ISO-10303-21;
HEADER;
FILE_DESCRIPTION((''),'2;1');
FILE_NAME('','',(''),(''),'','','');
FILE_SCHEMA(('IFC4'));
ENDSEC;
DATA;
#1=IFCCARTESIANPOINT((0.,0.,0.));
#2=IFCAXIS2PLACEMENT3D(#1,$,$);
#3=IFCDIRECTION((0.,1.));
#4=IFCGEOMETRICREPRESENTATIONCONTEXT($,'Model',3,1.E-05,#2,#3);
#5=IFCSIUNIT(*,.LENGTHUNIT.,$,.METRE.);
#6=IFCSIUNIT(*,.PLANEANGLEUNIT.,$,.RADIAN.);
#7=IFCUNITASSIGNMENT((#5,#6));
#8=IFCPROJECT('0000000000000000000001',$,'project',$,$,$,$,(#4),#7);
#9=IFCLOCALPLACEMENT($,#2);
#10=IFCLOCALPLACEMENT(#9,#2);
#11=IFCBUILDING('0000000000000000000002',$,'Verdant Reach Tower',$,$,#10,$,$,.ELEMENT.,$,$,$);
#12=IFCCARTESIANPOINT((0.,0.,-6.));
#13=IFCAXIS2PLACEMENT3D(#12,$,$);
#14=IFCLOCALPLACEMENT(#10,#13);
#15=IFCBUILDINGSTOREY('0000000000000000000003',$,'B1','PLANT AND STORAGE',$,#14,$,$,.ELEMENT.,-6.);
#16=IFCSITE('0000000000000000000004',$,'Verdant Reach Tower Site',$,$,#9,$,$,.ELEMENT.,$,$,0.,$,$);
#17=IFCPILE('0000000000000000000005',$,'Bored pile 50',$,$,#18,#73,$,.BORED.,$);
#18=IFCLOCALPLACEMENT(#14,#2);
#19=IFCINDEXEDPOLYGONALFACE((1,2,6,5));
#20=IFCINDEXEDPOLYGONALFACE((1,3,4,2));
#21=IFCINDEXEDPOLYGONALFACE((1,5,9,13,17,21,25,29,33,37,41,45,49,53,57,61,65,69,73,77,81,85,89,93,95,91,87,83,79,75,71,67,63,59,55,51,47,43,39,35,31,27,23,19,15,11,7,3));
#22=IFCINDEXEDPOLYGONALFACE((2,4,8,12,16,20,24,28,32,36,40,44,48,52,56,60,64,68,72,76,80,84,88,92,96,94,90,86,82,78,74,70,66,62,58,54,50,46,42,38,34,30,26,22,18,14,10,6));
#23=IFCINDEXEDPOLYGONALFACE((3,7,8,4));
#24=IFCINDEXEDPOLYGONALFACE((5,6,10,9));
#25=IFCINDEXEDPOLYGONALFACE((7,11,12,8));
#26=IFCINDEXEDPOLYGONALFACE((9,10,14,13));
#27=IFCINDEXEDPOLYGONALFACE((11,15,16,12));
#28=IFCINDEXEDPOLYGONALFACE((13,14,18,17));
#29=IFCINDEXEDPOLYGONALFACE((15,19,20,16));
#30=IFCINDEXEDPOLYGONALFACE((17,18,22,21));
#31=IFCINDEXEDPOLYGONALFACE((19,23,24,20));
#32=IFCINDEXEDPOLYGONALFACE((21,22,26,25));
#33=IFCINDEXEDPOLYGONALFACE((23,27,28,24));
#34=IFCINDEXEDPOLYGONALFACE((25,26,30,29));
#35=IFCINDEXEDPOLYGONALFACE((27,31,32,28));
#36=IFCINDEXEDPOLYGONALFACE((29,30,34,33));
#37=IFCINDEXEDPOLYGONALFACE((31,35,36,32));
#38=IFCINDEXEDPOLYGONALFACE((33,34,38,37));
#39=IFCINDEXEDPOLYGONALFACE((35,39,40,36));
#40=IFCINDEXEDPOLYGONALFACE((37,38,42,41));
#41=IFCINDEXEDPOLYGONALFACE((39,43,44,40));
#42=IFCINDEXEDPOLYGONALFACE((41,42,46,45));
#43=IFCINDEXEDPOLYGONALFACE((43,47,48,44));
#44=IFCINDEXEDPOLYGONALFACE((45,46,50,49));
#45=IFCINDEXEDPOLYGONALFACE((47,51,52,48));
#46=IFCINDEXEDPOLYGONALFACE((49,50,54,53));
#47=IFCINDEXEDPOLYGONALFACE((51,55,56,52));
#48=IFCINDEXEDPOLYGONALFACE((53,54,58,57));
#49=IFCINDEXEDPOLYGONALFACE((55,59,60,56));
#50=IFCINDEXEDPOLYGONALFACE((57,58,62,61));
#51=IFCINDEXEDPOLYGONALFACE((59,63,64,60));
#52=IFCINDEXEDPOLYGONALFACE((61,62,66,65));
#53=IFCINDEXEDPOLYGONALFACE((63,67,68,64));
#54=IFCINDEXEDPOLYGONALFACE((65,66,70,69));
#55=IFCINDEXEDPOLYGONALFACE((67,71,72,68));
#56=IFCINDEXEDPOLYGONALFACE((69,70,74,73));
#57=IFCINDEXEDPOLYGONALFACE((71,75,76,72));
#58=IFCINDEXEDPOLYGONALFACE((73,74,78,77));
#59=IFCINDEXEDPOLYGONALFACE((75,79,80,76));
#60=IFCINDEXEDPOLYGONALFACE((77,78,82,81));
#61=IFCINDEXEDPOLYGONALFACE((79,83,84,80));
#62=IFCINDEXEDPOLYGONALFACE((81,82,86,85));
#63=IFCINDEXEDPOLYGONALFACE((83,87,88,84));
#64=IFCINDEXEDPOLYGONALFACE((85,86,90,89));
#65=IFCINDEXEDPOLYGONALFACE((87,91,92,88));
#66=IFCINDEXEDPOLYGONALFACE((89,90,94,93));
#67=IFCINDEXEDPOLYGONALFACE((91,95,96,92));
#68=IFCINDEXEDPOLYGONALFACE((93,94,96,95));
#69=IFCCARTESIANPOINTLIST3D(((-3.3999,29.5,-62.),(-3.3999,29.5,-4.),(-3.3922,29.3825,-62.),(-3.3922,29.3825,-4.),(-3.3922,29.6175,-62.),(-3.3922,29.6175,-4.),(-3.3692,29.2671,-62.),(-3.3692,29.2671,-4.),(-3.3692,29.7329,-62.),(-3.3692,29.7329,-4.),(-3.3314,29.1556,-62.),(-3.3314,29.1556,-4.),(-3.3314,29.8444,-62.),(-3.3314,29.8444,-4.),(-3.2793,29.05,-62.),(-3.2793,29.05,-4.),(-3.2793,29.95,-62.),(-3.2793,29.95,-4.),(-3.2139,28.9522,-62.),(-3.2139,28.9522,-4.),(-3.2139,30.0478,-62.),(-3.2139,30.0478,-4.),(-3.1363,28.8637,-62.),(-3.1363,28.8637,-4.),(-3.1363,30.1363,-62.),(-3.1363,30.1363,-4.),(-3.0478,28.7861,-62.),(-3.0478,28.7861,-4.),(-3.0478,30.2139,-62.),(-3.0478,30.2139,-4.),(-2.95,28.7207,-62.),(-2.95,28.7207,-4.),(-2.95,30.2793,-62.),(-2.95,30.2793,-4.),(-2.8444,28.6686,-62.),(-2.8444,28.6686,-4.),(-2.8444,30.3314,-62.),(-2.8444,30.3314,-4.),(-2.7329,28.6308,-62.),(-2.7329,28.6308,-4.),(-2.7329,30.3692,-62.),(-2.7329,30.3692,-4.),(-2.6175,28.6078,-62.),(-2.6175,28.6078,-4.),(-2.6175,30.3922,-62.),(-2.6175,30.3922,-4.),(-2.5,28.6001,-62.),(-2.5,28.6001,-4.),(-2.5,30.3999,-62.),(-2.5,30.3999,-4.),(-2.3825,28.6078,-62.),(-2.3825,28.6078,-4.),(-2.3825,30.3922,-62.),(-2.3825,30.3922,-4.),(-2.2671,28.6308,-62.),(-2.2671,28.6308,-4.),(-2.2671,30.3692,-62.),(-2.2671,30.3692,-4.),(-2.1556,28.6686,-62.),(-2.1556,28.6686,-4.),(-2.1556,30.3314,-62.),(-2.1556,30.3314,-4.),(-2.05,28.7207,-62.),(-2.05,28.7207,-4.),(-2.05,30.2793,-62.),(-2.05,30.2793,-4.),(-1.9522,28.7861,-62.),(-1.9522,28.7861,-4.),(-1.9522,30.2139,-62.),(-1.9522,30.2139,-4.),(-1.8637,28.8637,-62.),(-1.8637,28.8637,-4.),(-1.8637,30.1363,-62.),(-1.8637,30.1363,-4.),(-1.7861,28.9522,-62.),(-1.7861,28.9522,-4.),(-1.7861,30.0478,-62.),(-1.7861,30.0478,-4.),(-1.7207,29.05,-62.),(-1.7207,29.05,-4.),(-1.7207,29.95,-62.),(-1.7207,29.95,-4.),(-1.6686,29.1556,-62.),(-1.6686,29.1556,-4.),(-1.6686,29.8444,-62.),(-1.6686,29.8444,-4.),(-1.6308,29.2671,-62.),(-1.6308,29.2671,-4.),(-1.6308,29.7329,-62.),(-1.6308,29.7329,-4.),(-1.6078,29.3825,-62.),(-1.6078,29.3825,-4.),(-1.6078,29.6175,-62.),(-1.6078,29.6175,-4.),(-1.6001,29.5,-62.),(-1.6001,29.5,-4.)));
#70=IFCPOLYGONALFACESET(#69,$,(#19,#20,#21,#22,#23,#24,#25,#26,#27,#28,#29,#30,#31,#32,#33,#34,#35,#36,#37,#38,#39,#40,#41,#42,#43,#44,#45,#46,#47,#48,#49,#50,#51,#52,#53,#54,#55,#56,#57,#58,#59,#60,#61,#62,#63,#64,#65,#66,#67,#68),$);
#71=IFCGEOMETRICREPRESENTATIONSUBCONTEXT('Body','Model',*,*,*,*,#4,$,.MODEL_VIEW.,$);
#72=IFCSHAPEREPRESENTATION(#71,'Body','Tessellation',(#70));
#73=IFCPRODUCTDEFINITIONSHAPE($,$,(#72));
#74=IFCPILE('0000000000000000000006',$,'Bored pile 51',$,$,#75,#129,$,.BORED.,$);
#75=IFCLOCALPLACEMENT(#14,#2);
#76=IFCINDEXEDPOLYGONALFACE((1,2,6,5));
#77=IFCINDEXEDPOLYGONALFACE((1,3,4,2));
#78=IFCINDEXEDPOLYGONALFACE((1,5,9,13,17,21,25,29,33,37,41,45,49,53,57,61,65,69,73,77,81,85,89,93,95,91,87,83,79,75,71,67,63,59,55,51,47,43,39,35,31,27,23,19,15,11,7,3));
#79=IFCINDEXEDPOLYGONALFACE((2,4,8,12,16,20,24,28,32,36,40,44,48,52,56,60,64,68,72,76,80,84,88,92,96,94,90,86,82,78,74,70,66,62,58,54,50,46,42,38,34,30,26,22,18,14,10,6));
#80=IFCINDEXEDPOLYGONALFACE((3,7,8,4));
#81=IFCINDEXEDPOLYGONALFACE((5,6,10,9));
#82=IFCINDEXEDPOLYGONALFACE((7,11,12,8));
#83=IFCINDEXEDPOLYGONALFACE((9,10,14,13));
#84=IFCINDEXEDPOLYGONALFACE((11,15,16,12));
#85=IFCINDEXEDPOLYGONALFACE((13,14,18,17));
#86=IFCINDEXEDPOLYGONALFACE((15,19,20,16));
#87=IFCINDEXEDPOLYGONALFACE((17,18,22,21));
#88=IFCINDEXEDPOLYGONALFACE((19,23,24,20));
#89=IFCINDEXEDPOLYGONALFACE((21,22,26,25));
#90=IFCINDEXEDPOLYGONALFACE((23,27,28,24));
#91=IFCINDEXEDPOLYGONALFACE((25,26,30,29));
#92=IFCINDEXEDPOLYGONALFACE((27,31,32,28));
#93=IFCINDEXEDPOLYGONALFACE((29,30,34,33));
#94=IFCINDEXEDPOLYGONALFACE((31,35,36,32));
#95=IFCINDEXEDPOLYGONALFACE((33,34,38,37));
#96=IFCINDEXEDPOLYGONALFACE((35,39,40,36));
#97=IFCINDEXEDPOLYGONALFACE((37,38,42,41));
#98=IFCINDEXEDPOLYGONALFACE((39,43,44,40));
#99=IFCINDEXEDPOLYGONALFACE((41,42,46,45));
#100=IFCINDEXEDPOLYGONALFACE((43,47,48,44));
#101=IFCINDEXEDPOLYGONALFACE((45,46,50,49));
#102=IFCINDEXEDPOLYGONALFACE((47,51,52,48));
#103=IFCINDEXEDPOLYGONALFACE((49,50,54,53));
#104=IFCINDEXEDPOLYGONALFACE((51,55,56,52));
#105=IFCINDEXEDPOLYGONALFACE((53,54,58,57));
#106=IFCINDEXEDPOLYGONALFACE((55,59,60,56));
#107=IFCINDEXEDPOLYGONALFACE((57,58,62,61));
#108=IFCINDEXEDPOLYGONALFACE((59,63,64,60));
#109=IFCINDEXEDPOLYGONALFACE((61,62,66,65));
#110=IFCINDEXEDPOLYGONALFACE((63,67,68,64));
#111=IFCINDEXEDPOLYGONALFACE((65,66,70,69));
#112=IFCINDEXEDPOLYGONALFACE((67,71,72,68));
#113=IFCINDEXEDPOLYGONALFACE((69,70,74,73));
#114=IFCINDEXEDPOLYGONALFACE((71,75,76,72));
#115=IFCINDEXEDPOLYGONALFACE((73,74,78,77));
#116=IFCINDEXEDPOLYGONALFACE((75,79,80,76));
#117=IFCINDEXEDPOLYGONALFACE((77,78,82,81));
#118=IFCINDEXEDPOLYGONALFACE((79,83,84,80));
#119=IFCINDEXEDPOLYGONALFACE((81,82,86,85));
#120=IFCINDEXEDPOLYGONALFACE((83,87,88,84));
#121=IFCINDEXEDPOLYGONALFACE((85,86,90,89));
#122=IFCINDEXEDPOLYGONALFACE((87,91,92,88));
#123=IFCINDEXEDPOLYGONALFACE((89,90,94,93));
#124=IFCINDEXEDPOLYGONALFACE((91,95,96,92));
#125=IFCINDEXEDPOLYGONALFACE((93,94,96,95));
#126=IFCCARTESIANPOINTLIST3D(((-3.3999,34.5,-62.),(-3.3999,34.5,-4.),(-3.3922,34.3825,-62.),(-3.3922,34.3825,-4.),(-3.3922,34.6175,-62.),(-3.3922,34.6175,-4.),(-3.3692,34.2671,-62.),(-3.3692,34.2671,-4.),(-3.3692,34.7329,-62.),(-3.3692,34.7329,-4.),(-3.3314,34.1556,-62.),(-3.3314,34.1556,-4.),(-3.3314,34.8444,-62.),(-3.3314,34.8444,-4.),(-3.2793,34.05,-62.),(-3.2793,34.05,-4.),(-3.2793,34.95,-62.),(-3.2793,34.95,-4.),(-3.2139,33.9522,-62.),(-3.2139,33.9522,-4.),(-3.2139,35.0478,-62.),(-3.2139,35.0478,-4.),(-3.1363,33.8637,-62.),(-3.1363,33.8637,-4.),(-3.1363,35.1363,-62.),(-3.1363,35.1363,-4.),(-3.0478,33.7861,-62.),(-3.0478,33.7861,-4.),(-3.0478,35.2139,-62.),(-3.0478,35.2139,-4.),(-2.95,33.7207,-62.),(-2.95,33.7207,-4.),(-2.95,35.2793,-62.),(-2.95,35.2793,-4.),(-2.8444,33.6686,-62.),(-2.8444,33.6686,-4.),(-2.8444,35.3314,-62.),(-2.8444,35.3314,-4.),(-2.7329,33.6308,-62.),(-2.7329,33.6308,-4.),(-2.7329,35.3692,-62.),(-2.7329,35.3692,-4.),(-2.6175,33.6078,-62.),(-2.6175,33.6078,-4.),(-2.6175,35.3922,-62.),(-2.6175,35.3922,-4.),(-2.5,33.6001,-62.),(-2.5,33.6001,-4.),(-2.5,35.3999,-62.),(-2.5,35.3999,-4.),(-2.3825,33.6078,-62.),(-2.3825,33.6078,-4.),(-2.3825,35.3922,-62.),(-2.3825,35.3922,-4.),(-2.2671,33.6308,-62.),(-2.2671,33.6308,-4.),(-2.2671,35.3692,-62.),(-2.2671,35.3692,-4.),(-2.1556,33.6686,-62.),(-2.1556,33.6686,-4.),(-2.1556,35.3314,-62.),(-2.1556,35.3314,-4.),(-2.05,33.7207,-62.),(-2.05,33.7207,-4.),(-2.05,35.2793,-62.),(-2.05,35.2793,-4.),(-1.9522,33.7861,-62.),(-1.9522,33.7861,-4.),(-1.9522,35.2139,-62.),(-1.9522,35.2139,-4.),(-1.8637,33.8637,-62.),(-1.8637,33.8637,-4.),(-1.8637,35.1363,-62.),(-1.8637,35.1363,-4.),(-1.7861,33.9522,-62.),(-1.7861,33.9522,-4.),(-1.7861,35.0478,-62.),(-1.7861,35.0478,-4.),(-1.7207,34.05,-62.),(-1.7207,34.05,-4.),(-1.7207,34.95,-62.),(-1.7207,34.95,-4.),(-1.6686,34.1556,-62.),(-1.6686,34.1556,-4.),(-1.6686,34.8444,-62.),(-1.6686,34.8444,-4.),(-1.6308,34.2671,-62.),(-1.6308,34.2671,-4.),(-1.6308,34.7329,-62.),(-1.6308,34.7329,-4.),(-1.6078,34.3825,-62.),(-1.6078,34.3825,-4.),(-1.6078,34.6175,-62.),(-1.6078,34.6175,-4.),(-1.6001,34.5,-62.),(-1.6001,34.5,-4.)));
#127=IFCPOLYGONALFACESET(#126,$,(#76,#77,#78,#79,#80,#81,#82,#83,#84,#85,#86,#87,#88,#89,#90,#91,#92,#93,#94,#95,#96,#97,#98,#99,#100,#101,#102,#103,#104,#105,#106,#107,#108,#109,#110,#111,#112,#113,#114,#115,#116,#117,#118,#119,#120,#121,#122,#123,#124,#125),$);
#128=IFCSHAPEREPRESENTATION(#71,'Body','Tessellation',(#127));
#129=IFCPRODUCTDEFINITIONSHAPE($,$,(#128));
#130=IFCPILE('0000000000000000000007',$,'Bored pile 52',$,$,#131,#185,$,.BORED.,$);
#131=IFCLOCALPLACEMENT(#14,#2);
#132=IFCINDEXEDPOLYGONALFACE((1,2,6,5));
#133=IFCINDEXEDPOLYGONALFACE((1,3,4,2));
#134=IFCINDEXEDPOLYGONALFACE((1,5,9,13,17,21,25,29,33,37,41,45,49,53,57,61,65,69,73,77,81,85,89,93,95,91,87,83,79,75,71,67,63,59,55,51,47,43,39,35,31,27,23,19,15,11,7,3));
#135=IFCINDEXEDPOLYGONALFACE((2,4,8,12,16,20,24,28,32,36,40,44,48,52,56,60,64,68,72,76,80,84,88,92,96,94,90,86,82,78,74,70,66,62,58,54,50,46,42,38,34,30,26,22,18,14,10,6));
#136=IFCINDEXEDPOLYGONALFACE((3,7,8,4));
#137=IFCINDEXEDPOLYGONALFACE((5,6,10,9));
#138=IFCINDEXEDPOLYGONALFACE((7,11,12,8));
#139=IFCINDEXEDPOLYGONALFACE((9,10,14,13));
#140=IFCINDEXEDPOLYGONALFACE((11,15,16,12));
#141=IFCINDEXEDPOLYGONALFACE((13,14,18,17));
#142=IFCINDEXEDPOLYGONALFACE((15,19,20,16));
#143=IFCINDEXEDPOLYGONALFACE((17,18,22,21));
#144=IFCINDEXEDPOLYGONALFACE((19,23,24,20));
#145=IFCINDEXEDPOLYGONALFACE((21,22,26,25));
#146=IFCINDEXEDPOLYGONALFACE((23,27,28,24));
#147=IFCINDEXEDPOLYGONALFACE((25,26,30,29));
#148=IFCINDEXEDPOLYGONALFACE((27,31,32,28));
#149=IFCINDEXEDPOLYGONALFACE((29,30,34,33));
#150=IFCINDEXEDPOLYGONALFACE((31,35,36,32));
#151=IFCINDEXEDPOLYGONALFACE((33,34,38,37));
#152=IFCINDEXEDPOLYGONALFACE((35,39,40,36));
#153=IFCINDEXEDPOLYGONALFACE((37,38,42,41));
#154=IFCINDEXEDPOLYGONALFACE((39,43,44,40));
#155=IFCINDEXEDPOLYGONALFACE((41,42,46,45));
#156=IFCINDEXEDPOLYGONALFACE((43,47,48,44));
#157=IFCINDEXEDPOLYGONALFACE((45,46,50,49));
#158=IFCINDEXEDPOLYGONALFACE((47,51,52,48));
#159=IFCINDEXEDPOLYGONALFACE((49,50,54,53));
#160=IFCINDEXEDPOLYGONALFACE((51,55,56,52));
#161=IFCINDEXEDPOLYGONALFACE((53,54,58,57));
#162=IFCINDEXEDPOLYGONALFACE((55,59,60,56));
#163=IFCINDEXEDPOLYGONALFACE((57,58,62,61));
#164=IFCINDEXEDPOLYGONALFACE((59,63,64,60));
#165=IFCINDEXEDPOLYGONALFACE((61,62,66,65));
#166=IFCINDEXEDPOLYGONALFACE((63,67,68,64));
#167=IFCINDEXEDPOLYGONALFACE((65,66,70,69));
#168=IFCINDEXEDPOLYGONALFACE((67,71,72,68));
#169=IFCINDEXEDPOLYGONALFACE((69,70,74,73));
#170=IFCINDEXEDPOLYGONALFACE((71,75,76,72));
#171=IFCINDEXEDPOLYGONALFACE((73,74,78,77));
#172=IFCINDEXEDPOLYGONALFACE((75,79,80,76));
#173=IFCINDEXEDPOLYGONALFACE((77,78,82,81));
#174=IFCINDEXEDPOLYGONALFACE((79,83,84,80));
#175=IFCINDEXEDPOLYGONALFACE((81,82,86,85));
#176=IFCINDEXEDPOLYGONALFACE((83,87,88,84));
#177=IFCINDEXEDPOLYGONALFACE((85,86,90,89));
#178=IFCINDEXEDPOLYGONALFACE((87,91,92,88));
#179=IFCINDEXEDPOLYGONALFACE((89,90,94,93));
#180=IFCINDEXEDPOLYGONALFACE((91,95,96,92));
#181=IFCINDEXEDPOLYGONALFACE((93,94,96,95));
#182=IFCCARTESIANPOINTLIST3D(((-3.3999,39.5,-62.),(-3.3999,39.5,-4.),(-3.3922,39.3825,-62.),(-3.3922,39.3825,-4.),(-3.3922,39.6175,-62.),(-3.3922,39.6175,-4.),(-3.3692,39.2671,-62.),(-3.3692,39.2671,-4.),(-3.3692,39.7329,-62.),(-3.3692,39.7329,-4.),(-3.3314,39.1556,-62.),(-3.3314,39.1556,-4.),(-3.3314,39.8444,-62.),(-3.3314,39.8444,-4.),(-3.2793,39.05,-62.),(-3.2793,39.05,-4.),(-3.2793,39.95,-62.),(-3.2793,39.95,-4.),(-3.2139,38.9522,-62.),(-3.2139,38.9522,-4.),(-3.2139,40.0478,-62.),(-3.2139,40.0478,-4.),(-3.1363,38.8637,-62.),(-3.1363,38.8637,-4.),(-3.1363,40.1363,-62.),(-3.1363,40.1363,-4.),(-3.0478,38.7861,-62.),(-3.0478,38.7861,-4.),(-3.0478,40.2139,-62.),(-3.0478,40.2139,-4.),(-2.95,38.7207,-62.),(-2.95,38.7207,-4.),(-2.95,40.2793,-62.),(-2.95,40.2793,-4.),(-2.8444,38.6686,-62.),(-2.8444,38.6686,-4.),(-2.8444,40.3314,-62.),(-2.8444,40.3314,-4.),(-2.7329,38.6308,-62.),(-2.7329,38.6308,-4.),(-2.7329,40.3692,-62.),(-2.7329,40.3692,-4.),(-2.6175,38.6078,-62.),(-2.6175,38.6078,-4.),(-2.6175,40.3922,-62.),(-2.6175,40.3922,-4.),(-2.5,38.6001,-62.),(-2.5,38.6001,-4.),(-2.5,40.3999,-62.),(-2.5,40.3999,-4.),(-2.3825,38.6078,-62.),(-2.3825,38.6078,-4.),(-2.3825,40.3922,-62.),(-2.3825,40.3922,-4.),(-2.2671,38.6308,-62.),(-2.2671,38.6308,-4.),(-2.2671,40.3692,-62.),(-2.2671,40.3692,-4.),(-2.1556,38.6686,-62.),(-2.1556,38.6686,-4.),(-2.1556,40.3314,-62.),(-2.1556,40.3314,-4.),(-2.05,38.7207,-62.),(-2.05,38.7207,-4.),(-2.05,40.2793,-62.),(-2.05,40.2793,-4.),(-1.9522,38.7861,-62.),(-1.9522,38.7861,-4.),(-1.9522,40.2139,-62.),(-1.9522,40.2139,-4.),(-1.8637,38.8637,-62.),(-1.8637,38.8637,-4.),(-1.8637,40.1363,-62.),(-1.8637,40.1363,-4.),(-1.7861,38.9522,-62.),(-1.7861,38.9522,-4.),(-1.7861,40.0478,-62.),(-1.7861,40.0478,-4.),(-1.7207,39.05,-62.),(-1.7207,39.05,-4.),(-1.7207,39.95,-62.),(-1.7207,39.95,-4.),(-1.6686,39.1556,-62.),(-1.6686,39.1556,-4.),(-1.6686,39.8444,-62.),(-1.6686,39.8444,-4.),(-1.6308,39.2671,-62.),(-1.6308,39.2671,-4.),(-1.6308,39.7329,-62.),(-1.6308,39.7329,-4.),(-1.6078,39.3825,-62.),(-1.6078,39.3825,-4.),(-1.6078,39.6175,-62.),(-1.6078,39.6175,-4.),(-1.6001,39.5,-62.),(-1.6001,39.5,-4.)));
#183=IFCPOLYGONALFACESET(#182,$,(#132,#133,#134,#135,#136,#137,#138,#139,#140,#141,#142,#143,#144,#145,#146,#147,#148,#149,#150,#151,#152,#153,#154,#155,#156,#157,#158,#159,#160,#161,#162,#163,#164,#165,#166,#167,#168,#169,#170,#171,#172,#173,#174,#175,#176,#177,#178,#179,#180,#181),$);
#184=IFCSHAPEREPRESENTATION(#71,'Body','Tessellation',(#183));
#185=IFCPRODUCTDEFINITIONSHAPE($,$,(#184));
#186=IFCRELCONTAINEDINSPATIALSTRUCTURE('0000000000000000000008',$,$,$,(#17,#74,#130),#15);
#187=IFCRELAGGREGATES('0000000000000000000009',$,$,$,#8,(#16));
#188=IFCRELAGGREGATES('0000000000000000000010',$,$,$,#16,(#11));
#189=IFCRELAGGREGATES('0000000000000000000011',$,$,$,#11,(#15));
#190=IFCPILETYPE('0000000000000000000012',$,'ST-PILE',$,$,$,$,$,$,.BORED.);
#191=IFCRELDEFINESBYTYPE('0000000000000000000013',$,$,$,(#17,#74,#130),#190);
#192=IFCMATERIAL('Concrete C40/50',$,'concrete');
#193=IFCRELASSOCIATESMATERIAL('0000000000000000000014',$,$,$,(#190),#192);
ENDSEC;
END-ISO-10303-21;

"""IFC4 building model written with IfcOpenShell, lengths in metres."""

from ifc_helpers import new_model, si_unit, direction, frame, origin, origin_2d, place, context, subcontext, project, spatial, circle, extrude, material, material_profile, profile_set, type_object, element, save


model = new_model("IFC4")

# Units and contexts
model_context = context("Model", 3, precision=1e-05, world=origin(), true_north=direction((0.0, 1.0)))
body_context = subcontext(model_context, "Body", "Model", "MODEL_VIEW")
ifc_project = project(units=[si_unit("LENGTHUNIT", "METRE"), si_unit("PLANEANGLEUNIT", "RADIAN")], contexts=[model_context])

# Site, building, storey
site_placement = place(None, origin())
site = spatial("IfcSite", under=ifc_project, at=site_placement, Name="Verdant Reach Tower Site", CompositionType="ELEMENT", RefElevation=0.0)
building_placement = place(site_placement, origin())
building = spatial("IfcBuilding", under=site, at=building_placement, Name="Verdant Reach Tower", CompositionType="ELEMENT")
storey_placement = place(building_placement, frame((0.0, 0.0, -6.0)))
storey = spatial("IfcBuildingStorey", under=building, at=storey_placement, Name="B1", Description="PLANT AND STORAGE", CompositionType="ELEMENT", Elevation=-6.0)

# Piles
ifc_material_1 = material(Name="Concrete C40/50", Category="concrete")
ifc_material_profile_1 = material_profile(ifc_material_1, circle(Radius=0.8999, at=origin_2d()), Name="BP 1800")
ifc_profile_set_1 = profile_set([ifc_material_profile_1], Name="Concrete C40/50")
pile_type = type_object("IfcPileType", Name="ST-PILE", PredefinedType="BORED", material=ifc_profile_set_1)
for number, where, z_axis, x_axis, name in (
    (1, (-2.5, 29.5, -4.0), (0.0, 0.0, -1.0), (1.0, 0.0, 0.0), "Bored pile 50"),
    (2, (-2.5, 34.5, -4.0), (0.0, 0.0, -1.0), (1.0, 0.0, 0.0), "Bored pile 51"),
    (3, (-2.5, 39.5, -4.0), (0.0, 0.0, -1.0), (1.0, 0.0, 0.0), "Bored pile 52"),
):
    element("IfcPile", number, at=place(storey_placement, frame(where, z_axis=z_axis, x_axis=x_axis)), inside=storey, type_object=pile_type, Name=name, PredefinedType="BORED", context=body_context, shape_type="SweptSolid", body=[
        extrude(circle(Radius=0.8999, at=origin_2d()), origin(), (0.0, 0.0, 1.0), 58.0),
    ])

save(model, "model.ifc")
